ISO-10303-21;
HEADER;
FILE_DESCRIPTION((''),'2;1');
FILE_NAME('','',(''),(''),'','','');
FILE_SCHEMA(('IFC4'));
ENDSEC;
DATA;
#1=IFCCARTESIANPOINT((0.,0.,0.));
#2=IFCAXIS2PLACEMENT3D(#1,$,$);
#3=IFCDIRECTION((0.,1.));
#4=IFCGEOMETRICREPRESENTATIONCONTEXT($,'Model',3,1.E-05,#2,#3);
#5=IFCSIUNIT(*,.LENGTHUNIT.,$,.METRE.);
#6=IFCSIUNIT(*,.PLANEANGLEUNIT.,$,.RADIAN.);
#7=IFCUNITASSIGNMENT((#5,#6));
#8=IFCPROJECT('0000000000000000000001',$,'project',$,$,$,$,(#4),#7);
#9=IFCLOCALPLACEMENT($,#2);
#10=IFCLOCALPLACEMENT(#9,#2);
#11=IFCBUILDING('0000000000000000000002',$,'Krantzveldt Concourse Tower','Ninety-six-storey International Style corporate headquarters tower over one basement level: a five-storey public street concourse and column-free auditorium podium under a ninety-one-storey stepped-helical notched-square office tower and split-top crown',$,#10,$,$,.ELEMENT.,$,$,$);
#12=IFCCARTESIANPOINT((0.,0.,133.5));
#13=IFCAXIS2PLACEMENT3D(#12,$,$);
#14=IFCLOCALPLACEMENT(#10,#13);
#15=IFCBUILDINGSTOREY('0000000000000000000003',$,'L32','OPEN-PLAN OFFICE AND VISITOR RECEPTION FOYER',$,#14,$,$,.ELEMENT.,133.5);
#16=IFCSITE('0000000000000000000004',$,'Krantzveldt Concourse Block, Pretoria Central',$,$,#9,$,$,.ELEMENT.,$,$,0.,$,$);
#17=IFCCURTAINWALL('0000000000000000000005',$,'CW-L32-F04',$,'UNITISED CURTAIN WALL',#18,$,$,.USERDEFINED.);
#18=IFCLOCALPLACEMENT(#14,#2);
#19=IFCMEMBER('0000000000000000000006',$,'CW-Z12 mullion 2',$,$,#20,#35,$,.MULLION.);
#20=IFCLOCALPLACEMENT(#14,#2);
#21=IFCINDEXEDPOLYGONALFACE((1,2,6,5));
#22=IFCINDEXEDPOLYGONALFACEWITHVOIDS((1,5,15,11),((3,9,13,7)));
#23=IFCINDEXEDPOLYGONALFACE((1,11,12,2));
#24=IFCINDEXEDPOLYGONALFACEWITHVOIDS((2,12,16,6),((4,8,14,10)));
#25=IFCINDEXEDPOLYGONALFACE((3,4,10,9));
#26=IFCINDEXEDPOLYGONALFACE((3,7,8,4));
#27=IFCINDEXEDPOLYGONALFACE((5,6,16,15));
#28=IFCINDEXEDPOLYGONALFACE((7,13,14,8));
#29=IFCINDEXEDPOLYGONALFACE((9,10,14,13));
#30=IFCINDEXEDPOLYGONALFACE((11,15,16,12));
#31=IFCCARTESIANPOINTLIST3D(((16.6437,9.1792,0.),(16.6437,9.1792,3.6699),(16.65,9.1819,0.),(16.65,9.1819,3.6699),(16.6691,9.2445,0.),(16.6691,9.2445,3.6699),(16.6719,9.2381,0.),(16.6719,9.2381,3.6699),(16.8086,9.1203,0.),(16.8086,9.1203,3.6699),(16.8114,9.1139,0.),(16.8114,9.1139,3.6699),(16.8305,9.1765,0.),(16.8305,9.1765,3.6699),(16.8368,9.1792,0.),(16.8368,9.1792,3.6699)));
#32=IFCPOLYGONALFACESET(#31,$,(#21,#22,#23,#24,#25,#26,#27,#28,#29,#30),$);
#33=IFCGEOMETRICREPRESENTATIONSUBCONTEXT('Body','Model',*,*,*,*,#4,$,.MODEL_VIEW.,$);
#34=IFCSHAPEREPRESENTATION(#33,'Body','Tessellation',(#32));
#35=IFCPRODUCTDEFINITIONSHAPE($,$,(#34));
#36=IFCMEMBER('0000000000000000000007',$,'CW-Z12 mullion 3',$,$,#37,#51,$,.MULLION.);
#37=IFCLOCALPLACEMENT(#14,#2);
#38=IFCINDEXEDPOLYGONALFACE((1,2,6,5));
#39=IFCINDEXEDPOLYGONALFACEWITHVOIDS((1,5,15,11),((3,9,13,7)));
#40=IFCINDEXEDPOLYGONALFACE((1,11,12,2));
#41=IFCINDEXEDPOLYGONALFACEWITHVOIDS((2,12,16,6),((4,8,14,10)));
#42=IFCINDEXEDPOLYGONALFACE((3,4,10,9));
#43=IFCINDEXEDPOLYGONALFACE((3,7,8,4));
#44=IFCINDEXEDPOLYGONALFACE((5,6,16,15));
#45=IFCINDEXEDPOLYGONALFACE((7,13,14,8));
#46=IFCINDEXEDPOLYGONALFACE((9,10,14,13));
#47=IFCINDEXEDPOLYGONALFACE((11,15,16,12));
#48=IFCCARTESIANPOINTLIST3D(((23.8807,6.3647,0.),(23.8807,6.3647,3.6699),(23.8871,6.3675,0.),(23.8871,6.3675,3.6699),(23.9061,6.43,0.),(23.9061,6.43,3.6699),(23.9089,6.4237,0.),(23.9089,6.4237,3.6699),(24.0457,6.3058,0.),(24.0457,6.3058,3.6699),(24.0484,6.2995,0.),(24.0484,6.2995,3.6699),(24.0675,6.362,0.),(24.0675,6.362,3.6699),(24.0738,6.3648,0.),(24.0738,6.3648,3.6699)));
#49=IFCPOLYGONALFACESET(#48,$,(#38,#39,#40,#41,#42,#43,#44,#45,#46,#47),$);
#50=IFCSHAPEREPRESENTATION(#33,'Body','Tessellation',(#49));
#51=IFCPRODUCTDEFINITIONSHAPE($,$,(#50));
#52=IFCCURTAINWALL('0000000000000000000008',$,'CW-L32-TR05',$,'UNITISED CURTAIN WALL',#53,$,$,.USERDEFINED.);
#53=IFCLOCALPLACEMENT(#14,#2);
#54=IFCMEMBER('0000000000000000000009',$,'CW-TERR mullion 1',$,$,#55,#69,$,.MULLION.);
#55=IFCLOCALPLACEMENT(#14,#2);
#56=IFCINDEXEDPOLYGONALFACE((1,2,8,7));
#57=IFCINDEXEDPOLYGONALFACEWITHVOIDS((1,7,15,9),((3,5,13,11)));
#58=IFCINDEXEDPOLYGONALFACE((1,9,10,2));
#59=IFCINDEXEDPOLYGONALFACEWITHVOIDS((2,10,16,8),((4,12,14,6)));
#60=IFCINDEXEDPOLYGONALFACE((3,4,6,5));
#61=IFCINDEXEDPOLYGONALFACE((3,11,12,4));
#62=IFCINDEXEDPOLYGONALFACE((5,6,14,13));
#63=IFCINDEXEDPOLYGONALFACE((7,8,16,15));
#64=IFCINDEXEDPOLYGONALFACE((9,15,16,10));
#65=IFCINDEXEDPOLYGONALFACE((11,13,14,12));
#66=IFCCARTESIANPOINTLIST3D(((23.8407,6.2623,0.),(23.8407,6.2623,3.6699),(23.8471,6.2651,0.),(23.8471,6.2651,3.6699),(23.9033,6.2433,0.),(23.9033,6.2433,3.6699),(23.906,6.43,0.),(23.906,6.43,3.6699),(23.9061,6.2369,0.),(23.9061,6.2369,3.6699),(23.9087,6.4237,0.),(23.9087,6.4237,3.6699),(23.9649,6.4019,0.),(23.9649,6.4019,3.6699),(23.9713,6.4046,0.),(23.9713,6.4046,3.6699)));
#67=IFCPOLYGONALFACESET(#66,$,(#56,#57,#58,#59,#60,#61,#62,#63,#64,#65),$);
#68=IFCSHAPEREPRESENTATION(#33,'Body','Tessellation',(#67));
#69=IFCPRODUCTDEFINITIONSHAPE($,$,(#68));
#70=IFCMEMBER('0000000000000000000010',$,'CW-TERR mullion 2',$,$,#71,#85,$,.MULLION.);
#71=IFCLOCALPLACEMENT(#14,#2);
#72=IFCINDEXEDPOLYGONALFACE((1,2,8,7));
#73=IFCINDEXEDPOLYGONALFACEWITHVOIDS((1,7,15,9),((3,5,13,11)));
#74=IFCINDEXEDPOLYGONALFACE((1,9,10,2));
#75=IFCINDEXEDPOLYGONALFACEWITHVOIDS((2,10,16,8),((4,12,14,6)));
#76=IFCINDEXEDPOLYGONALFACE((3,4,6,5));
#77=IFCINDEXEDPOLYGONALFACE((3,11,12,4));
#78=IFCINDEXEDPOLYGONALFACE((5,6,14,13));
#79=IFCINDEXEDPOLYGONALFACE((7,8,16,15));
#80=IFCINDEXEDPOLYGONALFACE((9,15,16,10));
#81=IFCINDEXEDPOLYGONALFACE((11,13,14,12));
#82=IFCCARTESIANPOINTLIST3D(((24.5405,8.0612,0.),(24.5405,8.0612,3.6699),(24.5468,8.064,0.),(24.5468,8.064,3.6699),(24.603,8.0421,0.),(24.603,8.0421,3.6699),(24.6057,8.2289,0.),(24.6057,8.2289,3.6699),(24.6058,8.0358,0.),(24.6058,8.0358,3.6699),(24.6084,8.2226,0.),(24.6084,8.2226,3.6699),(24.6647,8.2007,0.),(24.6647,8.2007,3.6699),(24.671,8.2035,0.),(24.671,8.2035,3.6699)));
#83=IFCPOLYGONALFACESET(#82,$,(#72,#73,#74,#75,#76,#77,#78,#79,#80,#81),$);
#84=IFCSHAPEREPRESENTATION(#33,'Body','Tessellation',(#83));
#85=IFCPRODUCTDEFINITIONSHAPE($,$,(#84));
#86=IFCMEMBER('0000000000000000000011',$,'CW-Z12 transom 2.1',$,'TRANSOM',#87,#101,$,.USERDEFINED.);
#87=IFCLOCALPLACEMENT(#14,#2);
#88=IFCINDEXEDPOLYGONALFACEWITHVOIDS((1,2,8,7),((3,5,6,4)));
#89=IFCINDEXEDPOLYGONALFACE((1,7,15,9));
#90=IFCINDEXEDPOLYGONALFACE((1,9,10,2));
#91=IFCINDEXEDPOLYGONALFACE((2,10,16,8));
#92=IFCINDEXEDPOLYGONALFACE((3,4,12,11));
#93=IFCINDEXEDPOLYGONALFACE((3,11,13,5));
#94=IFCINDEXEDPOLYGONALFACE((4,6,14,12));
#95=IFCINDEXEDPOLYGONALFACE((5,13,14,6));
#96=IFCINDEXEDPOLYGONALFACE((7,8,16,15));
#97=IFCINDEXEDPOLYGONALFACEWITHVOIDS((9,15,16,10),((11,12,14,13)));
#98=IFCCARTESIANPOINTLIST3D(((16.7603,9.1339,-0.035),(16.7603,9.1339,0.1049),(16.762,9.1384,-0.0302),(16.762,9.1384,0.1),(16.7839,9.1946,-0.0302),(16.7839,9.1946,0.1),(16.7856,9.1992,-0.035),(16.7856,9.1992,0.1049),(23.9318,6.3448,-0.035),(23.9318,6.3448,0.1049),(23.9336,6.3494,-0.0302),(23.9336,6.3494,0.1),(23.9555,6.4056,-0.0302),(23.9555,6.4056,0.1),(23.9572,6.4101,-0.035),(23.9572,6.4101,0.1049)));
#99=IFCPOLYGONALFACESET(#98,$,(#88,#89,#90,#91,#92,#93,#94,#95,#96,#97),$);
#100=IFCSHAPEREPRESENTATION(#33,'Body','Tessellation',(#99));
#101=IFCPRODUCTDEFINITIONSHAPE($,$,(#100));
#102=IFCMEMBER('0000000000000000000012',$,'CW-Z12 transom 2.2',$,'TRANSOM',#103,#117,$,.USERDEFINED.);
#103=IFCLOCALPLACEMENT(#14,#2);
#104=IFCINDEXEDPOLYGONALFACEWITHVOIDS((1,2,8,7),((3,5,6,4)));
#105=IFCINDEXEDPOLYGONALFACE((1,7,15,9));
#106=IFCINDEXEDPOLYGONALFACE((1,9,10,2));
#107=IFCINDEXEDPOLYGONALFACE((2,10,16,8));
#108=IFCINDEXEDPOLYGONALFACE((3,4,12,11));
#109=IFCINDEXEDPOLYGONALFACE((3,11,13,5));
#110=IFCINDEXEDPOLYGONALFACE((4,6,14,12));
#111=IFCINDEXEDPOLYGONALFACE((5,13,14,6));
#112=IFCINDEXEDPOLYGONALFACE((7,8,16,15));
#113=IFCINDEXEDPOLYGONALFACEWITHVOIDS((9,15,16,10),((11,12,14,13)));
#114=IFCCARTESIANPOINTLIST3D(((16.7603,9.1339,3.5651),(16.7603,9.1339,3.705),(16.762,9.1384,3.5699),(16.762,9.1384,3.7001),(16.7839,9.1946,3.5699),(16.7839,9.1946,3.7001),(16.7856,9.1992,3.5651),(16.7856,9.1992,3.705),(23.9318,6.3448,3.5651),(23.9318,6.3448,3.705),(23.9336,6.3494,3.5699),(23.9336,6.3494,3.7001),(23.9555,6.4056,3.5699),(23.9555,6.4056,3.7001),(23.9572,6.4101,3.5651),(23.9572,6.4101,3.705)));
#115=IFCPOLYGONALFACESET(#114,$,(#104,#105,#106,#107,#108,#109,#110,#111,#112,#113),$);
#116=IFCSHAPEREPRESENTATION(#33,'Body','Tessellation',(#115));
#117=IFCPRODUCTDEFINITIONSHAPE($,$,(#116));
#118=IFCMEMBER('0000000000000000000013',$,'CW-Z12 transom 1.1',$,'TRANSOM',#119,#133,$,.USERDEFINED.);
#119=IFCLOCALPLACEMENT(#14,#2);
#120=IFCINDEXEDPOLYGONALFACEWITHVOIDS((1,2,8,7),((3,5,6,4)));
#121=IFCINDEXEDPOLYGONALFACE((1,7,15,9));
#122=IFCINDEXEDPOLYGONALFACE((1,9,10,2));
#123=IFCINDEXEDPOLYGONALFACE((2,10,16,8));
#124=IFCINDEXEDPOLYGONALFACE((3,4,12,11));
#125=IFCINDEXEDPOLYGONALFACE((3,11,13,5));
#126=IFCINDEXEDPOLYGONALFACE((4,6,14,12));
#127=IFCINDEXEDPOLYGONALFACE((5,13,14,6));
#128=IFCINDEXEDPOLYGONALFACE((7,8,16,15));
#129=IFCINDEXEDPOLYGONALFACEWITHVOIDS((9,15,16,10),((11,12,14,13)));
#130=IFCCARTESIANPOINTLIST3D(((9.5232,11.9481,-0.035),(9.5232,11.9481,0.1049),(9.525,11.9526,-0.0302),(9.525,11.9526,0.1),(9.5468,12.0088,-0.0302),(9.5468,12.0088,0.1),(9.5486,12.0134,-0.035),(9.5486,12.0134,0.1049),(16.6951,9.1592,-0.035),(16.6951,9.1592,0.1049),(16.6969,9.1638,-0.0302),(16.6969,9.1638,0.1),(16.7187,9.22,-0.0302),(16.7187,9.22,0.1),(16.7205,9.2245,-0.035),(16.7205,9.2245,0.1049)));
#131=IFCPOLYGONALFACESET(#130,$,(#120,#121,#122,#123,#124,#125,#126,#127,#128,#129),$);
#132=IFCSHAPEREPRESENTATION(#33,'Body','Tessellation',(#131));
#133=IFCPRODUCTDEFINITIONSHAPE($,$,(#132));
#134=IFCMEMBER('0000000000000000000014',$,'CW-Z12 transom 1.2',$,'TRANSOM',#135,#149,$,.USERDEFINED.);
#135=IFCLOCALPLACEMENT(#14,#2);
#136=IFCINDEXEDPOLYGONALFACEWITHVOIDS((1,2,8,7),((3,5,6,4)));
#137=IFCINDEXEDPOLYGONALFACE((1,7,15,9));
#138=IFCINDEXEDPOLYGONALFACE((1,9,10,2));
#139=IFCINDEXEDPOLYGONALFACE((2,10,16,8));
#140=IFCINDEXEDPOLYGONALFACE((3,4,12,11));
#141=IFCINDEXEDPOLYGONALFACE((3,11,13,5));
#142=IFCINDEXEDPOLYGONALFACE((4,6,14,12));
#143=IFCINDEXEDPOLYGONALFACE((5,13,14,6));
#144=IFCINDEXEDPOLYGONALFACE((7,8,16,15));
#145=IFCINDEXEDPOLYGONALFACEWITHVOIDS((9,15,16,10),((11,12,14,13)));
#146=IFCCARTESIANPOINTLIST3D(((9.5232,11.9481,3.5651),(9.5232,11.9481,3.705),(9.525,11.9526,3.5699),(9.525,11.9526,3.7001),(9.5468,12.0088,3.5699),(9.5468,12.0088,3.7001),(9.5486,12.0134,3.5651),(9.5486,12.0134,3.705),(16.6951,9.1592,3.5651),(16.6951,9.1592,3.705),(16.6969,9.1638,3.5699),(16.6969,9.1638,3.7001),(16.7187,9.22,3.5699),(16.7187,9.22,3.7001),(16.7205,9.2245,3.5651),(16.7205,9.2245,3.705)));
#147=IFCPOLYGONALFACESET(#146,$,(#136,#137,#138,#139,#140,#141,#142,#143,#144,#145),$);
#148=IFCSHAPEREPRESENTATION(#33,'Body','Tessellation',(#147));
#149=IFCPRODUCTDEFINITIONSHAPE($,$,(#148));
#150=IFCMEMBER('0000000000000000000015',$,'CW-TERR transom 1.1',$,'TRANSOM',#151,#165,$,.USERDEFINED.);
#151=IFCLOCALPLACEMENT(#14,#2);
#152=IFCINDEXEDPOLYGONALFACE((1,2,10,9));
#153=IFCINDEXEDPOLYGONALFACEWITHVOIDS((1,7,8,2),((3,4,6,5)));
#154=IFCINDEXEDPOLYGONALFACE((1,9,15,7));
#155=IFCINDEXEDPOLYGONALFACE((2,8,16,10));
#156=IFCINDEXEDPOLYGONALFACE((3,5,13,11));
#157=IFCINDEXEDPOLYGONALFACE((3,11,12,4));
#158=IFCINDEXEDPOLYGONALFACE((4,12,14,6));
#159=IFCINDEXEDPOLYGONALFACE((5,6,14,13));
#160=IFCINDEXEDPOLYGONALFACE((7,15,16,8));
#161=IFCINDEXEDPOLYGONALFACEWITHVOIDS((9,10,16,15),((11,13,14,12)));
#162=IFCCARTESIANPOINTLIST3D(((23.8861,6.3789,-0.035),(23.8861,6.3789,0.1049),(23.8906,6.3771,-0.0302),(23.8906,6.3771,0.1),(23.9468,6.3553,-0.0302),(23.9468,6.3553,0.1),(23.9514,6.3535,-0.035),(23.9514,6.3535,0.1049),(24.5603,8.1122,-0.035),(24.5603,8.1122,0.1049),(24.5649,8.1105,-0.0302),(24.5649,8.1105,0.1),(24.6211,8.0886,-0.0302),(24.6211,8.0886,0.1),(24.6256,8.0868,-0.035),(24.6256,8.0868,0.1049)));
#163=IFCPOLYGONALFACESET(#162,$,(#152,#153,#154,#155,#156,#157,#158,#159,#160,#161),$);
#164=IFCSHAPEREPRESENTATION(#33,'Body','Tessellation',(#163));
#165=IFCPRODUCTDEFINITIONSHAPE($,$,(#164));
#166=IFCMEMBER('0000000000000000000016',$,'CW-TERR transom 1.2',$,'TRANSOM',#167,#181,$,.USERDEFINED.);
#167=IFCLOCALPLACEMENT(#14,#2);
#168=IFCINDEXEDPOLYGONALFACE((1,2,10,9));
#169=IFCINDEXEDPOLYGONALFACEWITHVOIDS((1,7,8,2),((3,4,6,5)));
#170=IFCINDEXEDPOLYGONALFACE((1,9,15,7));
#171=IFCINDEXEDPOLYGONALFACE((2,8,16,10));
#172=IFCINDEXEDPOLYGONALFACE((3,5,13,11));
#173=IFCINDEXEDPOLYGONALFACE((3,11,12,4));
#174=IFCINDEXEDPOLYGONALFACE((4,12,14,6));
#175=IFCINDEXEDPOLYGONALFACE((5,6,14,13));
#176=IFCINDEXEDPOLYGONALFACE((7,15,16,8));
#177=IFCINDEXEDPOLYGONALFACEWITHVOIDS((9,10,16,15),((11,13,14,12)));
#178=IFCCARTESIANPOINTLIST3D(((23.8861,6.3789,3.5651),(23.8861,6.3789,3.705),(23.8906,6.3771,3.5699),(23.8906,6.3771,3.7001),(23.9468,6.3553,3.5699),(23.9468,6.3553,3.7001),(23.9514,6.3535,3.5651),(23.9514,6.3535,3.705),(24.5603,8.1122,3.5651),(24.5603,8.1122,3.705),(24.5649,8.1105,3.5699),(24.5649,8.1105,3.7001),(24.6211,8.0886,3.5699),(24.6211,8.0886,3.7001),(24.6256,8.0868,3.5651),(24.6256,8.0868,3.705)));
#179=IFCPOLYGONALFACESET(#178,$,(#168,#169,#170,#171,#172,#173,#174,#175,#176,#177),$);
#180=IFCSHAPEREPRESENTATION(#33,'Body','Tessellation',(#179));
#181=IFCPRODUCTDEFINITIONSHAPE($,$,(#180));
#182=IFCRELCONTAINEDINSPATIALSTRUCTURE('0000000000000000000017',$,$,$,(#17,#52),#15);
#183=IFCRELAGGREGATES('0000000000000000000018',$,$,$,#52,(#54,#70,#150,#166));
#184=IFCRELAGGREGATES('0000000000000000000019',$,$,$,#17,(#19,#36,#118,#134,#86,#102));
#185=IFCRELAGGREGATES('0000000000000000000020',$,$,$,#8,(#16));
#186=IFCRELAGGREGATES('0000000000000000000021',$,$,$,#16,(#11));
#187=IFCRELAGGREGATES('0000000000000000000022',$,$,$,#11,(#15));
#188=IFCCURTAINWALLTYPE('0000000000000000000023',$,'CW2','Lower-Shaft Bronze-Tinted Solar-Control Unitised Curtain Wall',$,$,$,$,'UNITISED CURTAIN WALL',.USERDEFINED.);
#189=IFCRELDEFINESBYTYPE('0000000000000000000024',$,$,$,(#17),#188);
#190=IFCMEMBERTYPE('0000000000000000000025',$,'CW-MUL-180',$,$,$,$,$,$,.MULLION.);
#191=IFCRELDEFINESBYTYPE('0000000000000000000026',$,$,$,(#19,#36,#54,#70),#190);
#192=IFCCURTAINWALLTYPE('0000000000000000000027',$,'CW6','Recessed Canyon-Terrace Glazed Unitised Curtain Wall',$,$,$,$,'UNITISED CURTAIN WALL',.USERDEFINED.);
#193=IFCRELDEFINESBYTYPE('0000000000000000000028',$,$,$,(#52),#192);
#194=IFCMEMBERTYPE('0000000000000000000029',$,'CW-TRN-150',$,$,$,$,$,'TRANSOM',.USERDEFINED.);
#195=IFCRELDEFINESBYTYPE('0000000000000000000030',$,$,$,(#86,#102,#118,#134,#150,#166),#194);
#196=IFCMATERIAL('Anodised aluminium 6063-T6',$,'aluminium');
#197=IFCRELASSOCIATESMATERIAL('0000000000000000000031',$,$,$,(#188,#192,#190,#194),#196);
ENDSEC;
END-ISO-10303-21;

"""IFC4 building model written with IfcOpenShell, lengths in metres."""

from ifc_helpers import new_model, si_unit, direction, frame, origin, origin_2d, place, context, subcontext, project, spatial, hollow_rectangle, extrude, source, transform, mapped, material, material_profile, profile_set, type_object, type_shapes, element, aggregate, save


model = new_model("IFC4")

# Units and contexts
model_context = context("Model", 3, precision=1e-05, world=origin(), true_north=direction((0.0, 1.0)))
body_context = subcontext(model_context, "Body", "Model", "MODEL_VIEW")
ifc_project = project(units=[si_unit("LENGTHUNIT", "METRE"), si_unit("PLANEANGLEUNIT", "RADIAN")], contexts=[model_context])

# Site, building, storey
site_placement = place(None, origin())
site = spatial("IfcSite", under=ifc_project, at=site_placement, Name="Krantzveldt Concourse Block, Pretoria Central", CompositionType="ELEMENT", RefElevation=0.0)
building_placement = place(site_placement, origin())
building = spatial("IfcBuilding", under=site, at=building_placement, Name="Krantzveldt Concourse Tower", Description="Ninety-six-storey International Style corporate headquarters tower over one basement level: a five-storey public street concourse and column-free auditorium podium under a ninety-one-storey stepped-helical notched-square office tower and split-top crown", CompositionType="ELEMENT")
storey_placement = place(building_placement, frame((0.0, 0.0, 133.5)))
storey = spatial("IfcBuildingStorey", under=building, at=storey_placement, Name="L32", Description="OPEN-PLAN OFFICE AND VISITOR RECEPTION FOYER", CompositionType="ELEMENT", Elevation=133.5)

# Shared definitions
ifc_material_1 = material(Name="Anodised aluminium 6063-T6", Category="aluminium")
curtain_wall_type_1 = type_object("IfcCurtainWallType", Name="CW2", Description="Lower-Shaft Bronze-Tinted Solar-Control Unitised Curtain Wall", ElementType="UNITISED CURTAIN WALL", PredefinedType="USERDEFINED", material=ifc_material_1)
ifc_material_profile_1 = material_profile(ifc_material_1, hollow_rectangle(XDim=0.0701, YDim=0.1799, WallThickness=0.0049, at=origin_2d()), Name="Anodised aluminium 6063-T6", Category="aluminium")
ifc_profile_set_1 = profile_set([ifc_material_profile_1], Name="Anodised aluminium 6063-T6 - ALU-MULL 180x70x5")
member_type_1 = type_object("IfcMemberType", Name="CW-MUL-180", PredefinedType="MULLION", material=ifc_profile_set_1)
shared_shape_1 = source(origin(), body_context, "Body", "SweptSolid", [
    extrude(hollow_rectangle(XDim=0.0701, YDim=0.1799, WallThickness=0.0049, at=origin_2d()), origin(), (0.0, 0.0, 1.0), 3.6699),
])
type_shapes(member_type_1, [shared_shape_1])

# Curtain walls, members
curtain_wall_1_placement = place(storey_placement, origin())
curtain_wall_1 = element("IfcCurtainWall", 1, at=curtain_wall_1_placement, inside=storey, type_object=curtain_wall_type_1, Name="CW-L32-F04", ObjectType="UNITISED CURTAIN WALL", PredefinedType="USERDEFINED")
member_1_placement = place(storey_placement, frame((16.7402, 9.1792, 0.0), z_axis=(0.0, 0.0, 1.0), x_axis=(0.362438, 0.932008, 0.0)))
member_1 = element("IfcMember", 2, at=member_1_placement, type_object=member_type_1, Name="CW-Z12 mullion 2", PredefinedType="MULLION", context=body_context, shape_type="MappedRepresentation", body=[
    mapped(shared_shape_1, transform((0.0, 0.0, 0.0), x_axis=(1.0, 0.0, 0.0), y_axis=(0.0, 1.0, 0.0), z_axis=(0.0, 0.0, 1.0), scale=1.0)),
])
member_2_placement = place(storey_placement, frame((23.9773, 6.3647, 0.0), z_axis=(0.0, 0.0, 1.0), x_axis=(0.362438, 0.932008, 0.0)))
member_2 = element("IfcMember", 3, at=member_2_placement, type_object=member_type_1, Name="CW-Z12 mullion 3", PredefinedType="MULLION", context=body_context, shape_type="MappedRepresentation", body=[
    mapped(shared_shape_1, transform((0.0, 0.0, 0.0), x_axis=(1.0, 0.0, 0.0), y_axis=(0.0, 1.0, 0.0), z_axis=(0.0, 0.0, 1.0), scale=1.0)),
])
curtain_wall_type_2 = type_object("IfcCurtainWallType", Name="CW6", Description="Recessed Canyon-Terrace Glazed Unitised Curtain Wall", ElementType="UNITISED CURTAIN WALL", PredefinedType="USERDEFINED", material=ifc_material_1)
curtain_wall_2_placement = place(storey_placement, origin())
curtain_wall_2 = element("IfcCurtainWall", 4, at=curtain_wall_2_placement, inside=storey, type_object=curtain_wall_type_2, Name="CW-L32-TR05", ObjectType="UNITISED CURTAIN WALL", PredefinedType="USERDEFINED")
member_3_placement = place(storey_placement, frame((23.906, 6.3335, 0.0), z_axis=(0.0, 0.0, 1.0), x_axis=(-0.932007, 0.362439, 0.0)))
member_3 = element("IfcMember", 5, at=member_3_placement, type_object=member_type_1, Name="CW-TERR mullion 1", PredefinedType="MULLION", context=body_context, shape_type="MappedRepresentation", body=[
    mapped(shared_shape_1, transform((0.0, 0.0, 0.0), x_axis=(1.0, 0.0, 0.0), y_axis=(0.0, 1.0, 0.0), z_axis=(0.0, 0.0, 1.0), scale=1.0)),
])
member_4_placement = place(storey_placement, frame((24.6057, 8.1323, 0.0), z_axis=(0.0, 0.0, 1.0), x_axis=(-0.932007, 0.362439, 0.0)))
member_4 = element("IfcMember", 6, at=member_4_placement, type_object=member_type_1, Name="CW-TERR mullion 2", PredefinedType="MULLION", context=body_context, shape_type="MappedRepresentation", body=[
    mapped(shared_shape_1, transform((0.0, 0.0, 0.0), x_axis=(1.0, 0.0, 0.0), y_axis=(0.0, 1.0, 0.0), z_axis=(0.0, 0.0, 1.0), scale=1.0)),
])

# Members
ifc_material_profile_2 = material_profile(ifc_material_1, hollow_rectangle(XDim=0.0701, YDim=0.1399, WallThickness=0.0049, at=origin_2d()), Name="Anodised aluminium 6063-T6", Category="aluminium")
ifc_profile_set_2 = profile_set([ifc_material_profile_2], Name="Anodised aluminium 6063-T6 - ALU-TRAN 140x70x5")
member_type_2 = type_object("IfcMemberType", Name="CW-TRN-150", ElementType="TRANSOM", PredefinedType="USERDEFINED", material=ifc_profile_set_2)
shared_shape_2 = source(origin(), body_context, "Body", "SweptSolid", [
    extrude(hollow_rectangle(XDim=0.0701, YDim=0.1399, WallThickness=0.0049, at=origin_2d()), origin(), (0.0, 0.0, 1.0), 7.6948),
])
member_5_placement = place(storey_placement, frame((16.7729, 9.1665, 0.0349), z_axis=(0.932001, -0.362457, 0.0), x_axis=(0.362457, 0.932001, 0.0)))
member_5 = element("IfcMember", 7, at=member_5_placement, type_object=member_type_2, Name="CW-Z12 transom 2.1", ObjectType="TRANSOM", PredefinedType="USERDEFINED", context=body_context, shape_type="MappedRepresentation", body=[
    mapped(shared_shape_2, transform((0.0, 0.0, 0.0), x_axis=(1.0, 0.0, 0.0), y_axis=(0.0, 1.0, 0.0), z_axis=(0.0, 0.0, 1.0), scale=1.0)),
])
member_6_placement = place(storey_placement, frame((16.7729, 9.1665, 3.635), z_axis=(0.932001, -0.362457, 0.0), x_axis=(0.362457, 0.932001, 0.0)))
member_6 = element("IfcMember", 8, at=member_6_placement, type_object=member_type_2, Name="CW-Z12 transom 2.2", ObjectType="TRANSOM", PredefinedType="USERDEFINED", context=body_context, shape_type="MappedRepresentation", body=[
    mapped(shared_shape_2, transform((0.0, 0.0, 0.0), x_axis=(1.0, 0.0, 0.0), y_axis=(0.0, 1.0, 0.0), z_axis=(0.0, 0.0, 1.0), scale=1.0)),
])
shared_shape_3 = source(origin(), body_context, "Body", "SweptSolid", [
    extrude(hollow_rectangle(XDim=0.0701, YDim=0.1399, WallThickness=0.0049, at=origin_2d()), origin(), (0.0, 0.0, 1.0), 7.6951),
])
member_7_placement = place(storey_placement, frame((9.5359, 11.9807, 0.0349), z_axis=(0.932015, -0.362419, 0.0), x_axis=(0.362419, 0.932015, 0.0)))
member_7 = element("IfcMember", 9, at=member_7_placement, type_object=member_type_2, Name="CW-Z12 transom 1.1", ObjectType="TRANSOM", PredefinedType="USERDEFINED", context=body_context, shape_type="MappedRepresentation", body=[
    mapped(shared_shape_3, transform((0.0, 0.0, 0.0), x_axis=(1.0, 0.0, 0.0), y_axis=(0.0, 1.0, 0.0), z_axis=(0.0, 0.0, 1.0), scale=1.0)),
])
member_8_placement = place(storey_placement, frame((9.5359, 11.9807, 3.635), z_axis=(0.932015, -0.362419, 0.0), x_axis=(0.362419, 0.932015, 0.0)))
member_8 = element("IfcMember", 10, at=member_8_placement, type_object=member_type_2, Name="CW-Z12 transom 1.2", ObjectType="TRANSOM", PredefinedType="USERDEFINED", context=body_context, shape_type="MappedRepresentation", body=[
    mapped(shared_shape_3, transform((0.0, 0.0, 0.0), x_axis=(1.0, 0.0, 0.0), y_axis=(0.0, 1.0, 0.0), z_axis=(0.0, 0.0, 1.0), scale=1.0)),
])
shared_shape_4 = source(origin(), body_context, "Body", "SweptSolid", [
    extrude(hollow_rectangle(XDim=0.0701, YDim=0.1399, WallThickness=0.0049, at=origin_2d()), origin(), (0.0, 0.0, 1.0), 1.8599),
])
type_shapes(member_type_2, [shared_shape_2, shared_shape_3, shared_shape_4])
member_9_placement = place(storey_placement, frame((23.9187, 6.3662, 0.0349), z_axis=(0.362548, 0.931965, 0.0), x_axis=(-0.931965, 0.362548, 0.0)))
member_9 = element("IfcMember", 11, at=member_9_placement, type_object=member_type_2, Name="CW-TERR transom 1.1", ObjectType="TRANSOM", PredefinedType="USERDEFINED", context=body_context, shape_type="MappedRepresentation", body=[
    mapped(shared_shape_4, transform((0.0, 0.0, 0.0), x_axis=(1.0, 0.0, 0.0), y_axis=(0.0, 1.0, 0.0), z_axis=(0.0, 0.0, 1.0), scale=1.0)),
])
member_10_placement = place(storey_placement, frame((23.9187, 6.3662, 3.635), z_axis=(0.362548, 0.931965, 0.0), x_axis=(-0.931965, 0.362548, 0.0)))
member_10 = element("IfcMember", 12, at=member_10_placement, type_object=member_type_2, Name="CW-TERR transom 1.2", ObjectType="TRANSOM", PredefinedType="USERDEFINED", context=body_context, shape_type="MappedRepresentation", body=[
    mapped(shared_shape_4, transform((0.0, 0.0, 0.0), x_axis=(1.0, 0.0, 0.0), y_axis=(0.0, 1.0, 0.0), z_axis=(0.0, 0.0, 1.0), scale=1.0)),
])

aggregate(curtain_wall_2, [member_3, member_4, member_9, member_10])
aggregate(curtain_wall_1, [member_1, member_2, member_7, member_8, member_5, member_6])

save(model, "model.ifc")
